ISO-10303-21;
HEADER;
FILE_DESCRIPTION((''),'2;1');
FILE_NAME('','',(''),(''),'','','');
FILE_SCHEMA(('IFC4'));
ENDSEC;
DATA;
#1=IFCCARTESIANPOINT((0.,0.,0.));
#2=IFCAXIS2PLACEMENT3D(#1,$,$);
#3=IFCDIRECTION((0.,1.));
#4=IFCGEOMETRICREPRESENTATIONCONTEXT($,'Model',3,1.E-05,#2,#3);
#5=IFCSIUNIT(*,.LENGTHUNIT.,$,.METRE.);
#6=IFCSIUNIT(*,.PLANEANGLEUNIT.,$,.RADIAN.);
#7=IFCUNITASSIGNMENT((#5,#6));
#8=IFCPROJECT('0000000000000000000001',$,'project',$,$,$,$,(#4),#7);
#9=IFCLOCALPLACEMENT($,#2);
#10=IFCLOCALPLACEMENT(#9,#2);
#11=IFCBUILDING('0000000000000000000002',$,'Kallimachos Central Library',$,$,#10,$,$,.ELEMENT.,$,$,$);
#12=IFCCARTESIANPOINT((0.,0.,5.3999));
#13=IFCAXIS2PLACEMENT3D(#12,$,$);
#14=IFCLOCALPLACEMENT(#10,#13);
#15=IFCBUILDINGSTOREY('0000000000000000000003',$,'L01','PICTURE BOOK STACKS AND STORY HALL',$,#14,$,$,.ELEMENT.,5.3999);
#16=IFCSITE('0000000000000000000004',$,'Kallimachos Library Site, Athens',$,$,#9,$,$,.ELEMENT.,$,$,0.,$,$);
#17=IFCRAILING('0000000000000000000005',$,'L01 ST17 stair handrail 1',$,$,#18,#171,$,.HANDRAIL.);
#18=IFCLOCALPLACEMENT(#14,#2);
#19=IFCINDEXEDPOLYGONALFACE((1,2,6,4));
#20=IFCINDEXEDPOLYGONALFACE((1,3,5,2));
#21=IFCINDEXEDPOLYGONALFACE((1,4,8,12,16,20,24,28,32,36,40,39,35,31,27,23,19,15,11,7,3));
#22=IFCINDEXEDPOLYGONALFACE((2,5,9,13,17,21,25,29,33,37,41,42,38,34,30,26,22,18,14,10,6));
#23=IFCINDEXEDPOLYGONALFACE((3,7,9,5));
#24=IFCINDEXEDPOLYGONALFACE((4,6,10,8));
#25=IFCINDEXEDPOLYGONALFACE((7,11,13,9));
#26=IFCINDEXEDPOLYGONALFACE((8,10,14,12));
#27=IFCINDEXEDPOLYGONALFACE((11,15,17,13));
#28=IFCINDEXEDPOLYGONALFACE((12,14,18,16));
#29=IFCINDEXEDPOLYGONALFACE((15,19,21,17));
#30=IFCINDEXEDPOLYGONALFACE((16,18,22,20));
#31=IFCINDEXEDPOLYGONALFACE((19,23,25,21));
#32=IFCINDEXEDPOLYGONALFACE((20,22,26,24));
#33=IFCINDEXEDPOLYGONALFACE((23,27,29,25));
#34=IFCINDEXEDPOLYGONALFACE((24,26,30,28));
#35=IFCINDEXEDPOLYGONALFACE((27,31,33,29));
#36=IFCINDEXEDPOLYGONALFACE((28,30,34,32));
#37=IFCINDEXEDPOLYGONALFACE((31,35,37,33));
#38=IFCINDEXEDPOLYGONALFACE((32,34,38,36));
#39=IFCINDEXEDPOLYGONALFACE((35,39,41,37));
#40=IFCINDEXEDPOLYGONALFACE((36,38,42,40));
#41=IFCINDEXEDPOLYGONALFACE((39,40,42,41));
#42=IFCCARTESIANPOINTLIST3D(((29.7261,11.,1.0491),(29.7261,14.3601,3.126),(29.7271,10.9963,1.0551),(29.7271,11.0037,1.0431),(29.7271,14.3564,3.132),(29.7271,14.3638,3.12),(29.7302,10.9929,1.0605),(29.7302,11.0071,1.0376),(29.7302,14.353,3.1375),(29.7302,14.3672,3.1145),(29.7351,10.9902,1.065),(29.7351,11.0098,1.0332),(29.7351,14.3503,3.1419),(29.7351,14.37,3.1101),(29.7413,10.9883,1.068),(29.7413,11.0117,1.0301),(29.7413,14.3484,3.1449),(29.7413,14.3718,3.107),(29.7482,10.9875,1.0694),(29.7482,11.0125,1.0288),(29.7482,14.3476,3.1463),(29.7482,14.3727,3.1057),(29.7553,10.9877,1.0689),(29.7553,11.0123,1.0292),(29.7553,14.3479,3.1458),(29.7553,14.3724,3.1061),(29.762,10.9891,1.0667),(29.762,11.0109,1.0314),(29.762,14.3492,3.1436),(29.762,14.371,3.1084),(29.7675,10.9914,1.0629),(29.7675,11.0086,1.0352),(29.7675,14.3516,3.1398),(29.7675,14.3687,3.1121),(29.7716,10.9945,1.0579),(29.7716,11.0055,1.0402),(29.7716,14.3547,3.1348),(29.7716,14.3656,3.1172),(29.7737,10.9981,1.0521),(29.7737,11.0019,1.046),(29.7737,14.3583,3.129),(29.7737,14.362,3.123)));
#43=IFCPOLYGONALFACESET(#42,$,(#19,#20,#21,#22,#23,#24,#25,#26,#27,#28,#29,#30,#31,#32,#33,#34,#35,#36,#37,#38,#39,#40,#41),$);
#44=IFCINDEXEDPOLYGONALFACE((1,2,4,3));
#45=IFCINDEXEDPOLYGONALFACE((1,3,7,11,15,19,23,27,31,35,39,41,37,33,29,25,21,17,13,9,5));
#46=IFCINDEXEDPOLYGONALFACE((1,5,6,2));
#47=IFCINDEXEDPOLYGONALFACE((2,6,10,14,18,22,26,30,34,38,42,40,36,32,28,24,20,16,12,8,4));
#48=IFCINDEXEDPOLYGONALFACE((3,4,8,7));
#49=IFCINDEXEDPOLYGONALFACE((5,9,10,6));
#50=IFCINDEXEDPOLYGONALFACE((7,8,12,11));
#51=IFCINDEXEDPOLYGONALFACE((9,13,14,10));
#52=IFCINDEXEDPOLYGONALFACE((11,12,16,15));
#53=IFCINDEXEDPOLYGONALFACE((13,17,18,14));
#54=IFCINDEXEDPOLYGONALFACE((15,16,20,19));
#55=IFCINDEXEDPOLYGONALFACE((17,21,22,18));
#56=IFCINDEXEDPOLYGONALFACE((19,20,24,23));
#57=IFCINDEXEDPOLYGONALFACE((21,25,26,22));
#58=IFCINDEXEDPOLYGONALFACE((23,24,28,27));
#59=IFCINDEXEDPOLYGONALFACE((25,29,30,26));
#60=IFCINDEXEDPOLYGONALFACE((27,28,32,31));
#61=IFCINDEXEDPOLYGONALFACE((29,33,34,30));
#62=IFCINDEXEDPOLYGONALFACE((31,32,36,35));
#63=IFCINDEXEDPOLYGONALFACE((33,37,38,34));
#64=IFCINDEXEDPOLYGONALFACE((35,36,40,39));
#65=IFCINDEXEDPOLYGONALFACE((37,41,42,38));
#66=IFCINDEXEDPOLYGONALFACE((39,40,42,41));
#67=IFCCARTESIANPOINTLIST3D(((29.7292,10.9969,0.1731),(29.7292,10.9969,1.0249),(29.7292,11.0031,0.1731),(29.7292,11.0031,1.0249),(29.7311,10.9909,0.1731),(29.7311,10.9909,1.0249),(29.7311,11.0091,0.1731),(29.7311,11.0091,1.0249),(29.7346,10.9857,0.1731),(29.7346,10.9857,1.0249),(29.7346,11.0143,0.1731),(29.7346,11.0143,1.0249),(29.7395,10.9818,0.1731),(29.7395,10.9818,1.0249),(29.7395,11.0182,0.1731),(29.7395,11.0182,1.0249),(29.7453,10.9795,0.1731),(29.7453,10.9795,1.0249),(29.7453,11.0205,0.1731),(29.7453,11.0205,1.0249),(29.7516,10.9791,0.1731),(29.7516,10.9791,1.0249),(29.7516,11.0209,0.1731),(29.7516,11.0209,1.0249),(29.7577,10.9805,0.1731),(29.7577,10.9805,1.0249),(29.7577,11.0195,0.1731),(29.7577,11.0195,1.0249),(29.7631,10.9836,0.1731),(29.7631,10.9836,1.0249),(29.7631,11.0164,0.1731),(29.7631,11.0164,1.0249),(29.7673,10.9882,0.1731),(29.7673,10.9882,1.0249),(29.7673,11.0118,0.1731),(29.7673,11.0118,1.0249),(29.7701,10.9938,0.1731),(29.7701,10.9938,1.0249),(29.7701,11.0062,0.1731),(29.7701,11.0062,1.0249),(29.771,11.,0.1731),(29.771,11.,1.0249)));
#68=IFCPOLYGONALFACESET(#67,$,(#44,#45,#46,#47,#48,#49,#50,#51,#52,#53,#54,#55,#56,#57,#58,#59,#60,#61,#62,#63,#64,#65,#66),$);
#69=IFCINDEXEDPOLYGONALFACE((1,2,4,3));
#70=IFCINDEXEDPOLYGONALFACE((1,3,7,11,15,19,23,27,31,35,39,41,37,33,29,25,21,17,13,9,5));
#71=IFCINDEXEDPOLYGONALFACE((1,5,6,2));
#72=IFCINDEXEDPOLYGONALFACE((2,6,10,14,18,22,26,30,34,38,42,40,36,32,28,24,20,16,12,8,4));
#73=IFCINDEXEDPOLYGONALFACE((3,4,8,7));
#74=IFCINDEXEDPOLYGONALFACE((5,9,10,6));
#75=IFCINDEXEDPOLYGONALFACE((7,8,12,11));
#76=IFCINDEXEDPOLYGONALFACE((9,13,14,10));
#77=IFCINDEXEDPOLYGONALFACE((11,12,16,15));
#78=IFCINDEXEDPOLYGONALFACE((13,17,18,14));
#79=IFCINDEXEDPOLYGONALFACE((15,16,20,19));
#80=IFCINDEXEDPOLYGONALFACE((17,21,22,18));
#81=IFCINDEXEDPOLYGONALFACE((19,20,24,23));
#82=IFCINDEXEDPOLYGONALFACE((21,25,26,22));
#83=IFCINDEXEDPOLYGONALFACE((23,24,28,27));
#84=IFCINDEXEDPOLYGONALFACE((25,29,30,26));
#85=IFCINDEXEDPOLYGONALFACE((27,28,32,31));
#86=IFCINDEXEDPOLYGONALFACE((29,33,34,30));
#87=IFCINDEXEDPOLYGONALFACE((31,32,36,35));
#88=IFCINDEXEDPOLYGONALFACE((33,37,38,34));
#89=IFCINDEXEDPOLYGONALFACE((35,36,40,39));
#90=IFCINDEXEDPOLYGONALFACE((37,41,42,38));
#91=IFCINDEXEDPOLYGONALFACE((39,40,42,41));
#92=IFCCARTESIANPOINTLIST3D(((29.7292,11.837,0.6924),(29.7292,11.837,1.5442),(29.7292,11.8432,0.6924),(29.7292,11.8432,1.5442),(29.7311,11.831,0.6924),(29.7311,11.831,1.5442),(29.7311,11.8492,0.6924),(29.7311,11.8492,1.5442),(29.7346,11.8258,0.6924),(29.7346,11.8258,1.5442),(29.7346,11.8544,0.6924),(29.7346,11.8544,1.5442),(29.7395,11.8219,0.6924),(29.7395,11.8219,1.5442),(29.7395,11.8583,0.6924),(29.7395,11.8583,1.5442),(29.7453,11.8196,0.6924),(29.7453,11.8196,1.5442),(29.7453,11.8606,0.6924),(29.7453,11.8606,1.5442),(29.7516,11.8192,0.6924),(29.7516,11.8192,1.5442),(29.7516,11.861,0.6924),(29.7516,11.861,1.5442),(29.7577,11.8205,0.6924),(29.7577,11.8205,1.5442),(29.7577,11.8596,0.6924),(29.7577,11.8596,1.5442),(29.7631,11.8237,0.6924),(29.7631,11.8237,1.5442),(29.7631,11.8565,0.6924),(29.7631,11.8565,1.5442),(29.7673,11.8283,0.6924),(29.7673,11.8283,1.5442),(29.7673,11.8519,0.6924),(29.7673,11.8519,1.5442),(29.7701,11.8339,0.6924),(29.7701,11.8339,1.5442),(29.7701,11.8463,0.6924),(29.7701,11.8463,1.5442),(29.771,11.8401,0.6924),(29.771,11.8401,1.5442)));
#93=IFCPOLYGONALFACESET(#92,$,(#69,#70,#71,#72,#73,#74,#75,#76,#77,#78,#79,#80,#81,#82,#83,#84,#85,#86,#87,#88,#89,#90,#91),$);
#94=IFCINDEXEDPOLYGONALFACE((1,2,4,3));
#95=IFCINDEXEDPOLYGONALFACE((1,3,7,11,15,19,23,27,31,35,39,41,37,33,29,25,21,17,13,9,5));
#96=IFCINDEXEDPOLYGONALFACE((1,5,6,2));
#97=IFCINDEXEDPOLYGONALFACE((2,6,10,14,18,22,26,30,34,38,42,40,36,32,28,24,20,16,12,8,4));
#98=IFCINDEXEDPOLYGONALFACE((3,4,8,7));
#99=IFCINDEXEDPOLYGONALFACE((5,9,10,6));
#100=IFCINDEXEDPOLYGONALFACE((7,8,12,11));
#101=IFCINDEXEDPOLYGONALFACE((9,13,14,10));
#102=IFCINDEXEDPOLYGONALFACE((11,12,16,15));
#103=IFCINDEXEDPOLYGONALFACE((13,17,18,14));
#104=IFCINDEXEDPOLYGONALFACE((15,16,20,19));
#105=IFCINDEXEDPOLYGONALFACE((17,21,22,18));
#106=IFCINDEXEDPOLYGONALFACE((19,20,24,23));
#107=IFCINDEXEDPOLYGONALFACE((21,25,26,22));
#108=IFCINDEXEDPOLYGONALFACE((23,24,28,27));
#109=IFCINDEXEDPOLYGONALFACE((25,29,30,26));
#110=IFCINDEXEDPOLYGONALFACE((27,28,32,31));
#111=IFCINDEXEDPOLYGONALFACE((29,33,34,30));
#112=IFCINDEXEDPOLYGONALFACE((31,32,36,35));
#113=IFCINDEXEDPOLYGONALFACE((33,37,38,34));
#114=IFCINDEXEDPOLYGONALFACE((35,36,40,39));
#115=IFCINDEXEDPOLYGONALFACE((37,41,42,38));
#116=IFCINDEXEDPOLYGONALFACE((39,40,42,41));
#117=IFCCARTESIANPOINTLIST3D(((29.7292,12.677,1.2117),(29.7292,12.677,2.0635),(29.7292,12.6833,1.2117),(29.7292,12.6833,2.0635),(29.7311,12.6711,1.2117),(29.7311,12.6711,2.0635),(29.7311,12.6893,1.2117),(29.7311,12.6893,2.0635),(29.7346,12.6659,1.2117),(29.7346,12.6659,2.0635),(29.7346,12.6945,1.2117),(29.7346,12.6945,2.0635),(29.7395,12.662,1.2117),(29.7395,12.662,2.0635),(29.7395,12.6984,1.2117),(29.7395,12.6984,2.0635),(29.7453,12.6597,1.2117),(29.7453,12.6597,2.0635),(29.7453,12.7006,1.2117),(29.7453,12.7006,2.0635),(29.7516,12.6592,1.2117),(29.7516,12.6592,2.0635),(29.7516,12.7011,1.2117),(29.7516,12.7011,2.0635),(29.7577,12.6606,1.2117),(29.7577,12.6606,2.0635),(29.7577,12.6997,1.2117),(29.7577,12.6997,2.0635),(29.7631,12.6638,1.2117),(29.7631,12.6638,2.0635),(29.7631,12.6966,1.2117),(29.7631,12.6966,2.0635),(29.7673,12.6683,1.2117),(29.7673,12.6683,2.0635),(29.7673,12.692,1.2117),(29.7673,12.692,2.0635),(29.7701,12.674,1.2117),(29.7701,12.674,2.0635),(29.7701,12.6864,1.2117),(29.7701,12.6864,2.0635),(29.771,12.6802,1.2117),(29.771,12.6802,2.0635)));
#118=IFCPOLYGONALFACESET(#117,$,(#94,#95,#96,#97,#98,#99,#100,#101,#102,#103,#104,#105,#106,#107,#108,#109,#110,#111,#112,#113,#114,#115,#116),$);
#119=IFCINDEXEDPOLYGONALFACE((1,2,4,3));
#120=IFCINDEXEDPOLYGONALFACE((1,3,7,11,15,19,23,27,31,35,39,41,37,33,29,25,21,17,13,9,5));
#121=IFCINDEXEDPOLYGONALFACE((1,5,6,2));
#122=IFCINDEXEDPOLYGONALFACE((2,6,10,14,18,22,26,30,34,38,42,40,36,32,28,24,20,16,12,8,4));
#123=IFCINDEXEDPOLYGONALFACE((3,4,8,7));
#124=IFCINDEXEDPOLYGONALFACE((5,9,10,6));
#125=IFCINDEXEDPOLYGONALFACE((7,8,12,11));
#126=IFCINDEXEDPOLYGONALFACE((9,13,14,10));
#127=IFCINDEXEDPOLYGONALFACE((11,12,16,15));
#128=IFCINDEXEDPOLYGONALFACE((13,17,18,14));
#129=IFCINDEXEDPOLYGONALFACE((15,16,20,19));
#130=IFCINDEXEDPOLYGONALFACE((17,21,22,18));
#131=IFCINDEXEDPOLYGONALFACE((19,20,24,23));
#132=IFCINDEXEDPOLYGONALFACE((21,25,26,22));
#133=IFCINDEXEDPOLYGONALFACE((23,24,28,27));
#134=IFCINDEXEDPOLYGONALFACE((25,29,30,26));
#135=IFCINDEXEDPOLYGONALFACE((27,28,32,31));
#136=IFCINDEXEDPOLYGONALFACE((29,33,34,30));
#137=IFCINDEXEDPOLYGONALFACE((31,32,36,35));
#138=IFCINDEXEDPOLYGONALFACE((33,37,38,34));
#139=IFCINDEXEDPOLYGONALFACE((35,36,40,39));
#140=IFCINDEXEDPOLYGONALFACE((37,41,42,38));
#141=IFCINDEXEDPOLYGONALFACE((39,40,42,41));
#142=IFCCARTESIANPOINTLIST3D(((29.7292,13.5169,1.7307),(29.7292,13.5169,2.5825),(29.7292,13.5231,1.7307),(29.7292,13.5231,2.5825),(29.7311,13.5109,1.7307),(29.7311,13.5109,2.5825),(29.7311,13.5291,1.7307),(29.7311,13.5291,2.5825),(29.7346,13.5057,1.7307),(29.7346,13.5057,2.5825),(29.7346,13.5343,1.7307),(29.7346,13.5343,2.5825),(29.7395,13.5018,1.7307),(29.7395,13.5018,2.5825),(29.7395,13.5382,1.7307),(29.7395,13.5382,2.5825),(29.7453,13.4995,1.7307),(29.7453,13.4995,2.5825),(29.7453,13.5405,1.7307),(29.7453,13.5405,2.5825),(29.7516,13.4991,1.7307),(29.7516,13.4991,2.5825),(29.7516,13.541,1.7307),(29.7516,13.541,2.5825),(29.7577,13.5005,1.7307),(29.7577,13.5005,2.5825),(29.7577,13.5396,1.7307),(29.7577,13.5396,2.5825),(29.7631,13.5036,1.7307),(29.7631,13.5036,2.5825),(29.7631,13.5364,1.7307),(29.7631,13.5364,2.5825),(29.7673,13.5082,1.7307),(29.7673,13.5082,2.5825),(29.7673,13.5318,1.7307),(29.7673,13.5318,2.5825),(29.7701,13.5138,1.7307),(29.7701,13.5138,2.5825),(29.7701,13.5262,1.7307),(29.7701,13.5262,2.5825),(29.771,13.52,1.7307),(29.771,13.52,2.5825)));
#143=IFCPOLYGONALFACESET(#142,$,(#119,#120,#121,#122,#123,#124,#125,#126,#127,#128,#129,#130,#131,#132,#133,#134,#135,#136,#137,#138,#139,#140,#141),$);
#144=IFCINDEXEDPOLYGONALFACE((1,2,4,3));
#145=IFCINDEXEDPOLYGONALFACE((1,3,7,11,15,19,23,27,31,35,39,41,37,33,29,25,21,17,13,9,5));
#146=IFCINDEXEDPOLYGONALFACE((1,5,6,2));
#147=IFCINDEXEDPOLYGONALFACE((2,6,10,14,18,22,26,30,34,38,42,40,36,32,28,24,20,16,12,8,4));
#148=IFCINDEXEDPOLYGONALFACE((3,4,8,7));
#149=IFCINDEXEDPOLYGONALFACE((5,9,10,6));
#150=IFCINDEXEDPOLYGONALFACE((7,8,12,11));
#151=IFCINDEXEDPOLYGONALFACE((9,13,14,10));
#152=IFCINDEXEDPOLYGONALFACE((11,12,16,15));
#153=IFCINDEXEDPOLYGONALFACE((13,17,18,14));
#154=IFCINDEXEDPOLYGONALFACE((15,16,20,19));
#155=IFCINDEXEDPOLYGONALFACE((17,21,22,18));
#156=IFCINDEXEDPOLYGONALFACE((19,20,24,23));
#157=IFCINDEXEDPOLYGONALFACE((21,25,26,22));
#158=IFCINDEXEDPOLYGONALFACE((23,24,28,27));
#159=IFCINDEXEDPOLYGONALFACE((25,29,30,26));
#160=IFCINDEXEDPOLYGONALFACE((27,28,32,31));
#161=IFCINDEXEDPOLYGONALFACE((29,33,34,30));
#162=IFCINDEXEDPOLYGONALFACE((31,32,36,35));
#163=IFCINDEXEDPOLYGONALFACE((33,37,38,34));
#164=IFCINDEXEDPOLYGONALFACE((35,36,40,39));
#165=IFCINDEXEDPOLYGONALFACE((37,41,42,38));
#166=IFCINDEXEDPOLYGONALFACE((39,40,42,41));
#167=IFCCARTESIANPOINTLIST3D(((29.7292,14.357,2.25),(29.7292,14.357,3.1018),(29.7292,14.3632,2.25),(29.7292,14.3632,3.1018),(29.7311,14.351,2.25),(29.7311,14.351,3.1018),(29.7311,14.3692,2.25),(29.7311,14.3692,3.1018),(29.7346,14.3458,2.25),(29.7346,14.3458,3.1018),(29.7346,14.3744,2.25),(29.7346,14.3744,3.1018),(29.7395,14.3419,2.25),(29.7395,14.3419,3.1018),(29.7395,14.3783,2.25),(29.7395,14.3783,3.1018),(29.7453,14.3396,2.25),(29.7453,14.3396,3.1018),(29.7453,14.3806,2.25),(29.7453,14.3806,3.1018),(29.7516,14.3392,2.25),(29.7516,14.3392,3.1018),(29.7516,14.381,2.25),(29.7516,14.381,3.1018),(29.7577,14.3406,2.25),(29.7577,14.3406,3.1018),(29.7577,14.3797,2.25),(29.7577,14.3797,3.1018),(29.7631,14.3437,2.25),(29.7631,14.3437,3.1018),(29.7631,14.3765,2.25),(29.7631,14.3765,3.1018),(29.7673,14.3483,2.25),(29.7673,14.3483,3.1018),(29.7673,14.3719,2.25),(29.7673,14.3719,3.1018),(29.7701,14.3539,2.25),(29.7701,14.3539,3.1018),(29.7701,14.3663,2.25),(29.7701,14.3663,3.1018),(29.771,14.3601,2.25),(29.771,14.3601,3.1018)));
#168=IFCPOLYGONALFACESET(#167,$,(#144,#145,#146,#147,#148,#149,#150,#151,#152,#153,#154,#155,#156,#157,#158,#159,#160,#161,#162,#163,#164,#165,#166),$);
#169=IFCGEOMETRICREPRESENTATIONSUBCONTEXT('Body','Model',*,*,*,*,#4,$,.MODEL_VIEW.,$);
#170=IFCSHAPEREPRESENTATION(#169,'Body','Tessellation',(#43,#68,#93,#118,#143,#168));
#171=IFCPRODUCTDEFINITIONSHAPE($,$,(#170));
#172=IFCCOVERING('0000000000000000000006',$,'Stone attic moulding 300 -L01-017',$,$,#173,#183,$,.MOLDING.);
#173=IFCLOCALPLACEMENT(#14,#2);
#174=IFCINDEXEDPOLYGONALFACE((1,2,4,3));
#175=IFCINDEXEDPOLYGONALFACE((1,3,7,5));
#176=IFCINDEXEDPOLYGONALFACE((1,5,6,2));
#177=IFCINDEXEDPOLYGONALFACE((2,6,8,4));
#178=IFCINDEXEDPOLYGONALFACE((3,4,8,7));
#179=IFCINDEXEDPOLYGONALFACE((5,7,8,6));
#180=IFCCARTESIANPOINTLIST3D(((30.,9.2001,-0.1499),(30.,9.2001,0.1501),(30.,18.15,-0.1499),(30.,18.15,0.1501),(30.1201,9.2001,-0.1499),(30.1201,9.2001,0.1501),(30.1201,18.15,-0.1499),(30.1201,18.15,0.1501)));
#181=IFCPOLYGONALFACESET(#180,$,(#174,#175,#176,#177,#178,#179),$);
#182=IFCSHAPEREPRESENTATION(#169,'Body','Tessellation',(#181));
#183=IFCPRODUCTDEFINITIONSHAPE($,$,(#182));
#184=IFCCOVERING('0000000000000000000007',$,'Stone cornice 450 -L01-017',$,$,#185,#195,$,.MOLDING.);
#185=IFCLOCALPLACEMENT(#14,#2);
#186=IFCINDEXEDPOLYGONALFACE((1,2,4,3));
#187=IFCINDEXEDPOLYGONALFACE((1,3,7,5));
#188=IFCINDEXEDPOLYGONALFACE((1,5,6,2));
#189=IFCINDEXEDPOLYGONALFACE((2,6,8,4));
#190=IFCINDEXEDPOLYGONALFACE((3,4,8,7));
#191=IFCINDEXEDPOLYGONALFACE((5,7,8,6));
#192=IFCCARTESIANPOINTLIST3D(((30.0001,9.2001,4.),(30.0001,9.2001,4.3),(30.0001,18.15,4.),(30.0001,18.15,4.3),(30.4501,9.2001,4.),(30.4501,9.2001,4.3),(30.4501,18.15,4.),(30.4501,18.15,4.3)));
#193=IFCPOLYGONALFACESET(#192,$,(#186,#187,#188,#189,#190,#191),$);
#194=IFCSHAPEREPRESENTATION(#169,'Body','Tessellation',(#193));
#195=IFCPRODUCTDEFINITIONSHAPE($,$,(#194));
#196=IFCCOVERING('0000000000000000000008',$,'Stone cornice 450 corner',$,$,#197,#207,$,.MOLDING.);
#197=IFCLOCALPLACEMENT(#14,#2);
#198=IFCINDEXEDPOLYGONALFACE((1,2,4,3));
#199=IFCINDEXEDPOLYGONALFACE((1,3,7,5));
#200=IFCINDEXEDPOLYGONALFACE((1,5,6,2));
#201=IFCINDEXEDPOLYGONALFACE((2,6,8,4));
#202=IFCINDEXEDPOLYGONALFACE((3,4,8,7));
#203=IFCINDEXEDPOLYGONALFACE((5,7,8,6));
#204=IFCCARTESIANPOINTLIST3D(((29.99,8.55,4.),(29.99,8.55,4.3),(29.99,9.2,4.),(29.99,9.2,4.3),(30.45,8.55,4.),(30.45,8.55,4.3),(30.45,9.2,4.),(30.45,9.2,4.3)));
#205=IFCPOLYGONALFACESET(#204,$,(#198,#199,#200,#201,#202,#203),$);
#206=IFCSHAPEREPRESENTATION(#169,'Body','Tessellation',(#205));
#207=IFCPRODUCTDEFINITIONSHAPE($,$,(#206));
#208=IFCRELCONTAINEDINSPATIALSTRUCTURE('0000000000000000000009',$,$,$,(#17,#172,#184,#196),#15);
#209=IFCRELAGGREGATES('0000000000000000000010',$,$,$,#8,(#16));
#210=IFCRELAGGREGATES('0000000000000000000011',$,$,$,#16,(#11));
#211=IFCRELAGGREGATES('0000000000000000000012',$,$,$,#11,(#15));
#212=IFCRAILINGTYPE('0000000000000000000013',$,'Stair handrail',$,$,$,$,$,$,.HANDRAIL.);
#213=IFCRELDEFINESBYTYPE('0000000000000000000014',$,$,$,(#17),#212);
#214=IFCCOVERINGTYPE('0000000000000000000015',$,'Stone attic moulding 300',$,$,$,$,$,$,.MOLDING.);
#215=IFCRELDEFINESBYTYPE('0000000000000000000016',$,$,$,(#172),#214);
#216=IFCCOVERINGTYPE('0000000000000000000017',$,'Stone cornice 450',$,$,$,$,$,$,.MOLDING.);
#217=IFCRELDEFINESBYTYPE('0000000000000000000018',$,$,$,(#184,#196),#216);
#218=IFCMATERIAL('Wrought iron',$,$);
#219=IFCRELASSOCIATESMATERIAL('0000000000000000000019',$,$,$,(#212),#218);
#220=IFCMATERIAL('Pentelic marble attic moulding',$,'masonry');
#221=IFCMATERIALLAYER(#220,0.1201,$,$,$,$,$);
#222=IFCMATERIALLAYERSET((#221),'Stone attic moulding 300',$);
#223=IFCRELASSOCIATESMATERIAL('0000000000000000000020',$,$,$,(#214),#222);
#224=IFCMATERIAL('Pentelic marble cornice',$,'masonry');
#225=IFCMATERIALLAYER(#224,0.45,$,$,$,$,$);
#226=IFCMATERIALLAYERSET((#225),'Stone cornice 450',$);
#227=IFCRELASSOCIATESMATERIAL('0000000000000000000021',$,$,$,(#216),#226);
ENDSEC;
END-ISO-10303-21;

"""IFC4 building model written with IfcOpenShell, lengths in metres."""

from ifc_helpers import new_model, si_unit, direction, frame, origin, origin_2d, place, context, subcontext, project, spatial, rectangle, circle, extrude, material, layer, layer_set, type_object, element, save


model = new_model("IFC4")

# Units and contexts
model_context = context("Model", 3, precision=1e-05, world=origin(), true_north=direction((0.0, 1.0)))
body_context = subcontext(model_context, "Body", "Model", "MODEL_VIEW")
ifc_project = project(units=[si_unit("LENGTHUNIT", "METRE"), si_unit("PLANEANGLEUNIT", "RADIAN")], contexts=[model_context])

# Site, building, storey
site_placement = place(None, origin())
site = spatial("IfcSite", under=ifc_project, at=site_placement, Name="Kallimachos Library Site, Athens", CompositionType="ELEMENT", RefElevation=0.0)
building_placement = place(site_placement, origin())
building = spatial("IfcBuilding", under=site, at=building_placement, Name="Kallimachos Central Library", CompositionType="ELEMENT")
storey_placement = place(building_placement, frame((0.0, 0.0, 5.3999)))
storey = spatial("IfcBuildingStorey", under=building, at=storey_placement, Name="L01", Description="PICTURE BOOK STACKS AND STORY HALL", CompositionType="ELEMENT", Elevation=5.3999)

# Railing
ifc_material_1 = material(Name="Wrought iron")
railing_type = type_object("IfcRailingType", Name="Stair handrail", PredefinedType="HANDRAIL", material=ifc_material_1)
railing_placement = place(storey_placement, frame((29.75, 11.0, 0.1731)))
element("IfcRailing", 1, at=railing_placement, inside=storey, type_object=railing_type, Name="L01 ST17 stair handrail 1", PredefinedType="HANDRAIL", context=body_context, shape_type="SweptSolid", body=[
    extrude(circle(Radius=0.0239, at=origin_2d()), frame((0.0, 0.0, 0.876), z_axis=(0.0, 0.850623, 0.525776), x_axis=(-1.0, 0.0, 0.0)), (0.0, 0.0, 1.0), 3.9502),
    extrude(circle(Radius=0.021, at=origin_2d()), origin(), (0.0, 0.0, 1.0), 0.8518),
    extrude(circle(Radius=0.021, at=origin_2d()), frame((0.0, 0.8401, 0.5193)), (0.0, 0.0, 1.0), 0.8518),
    extrude(circle(Radius=0.021, at=origin_2d()), frame((0.0, 1.6802, 1.0386)), (0.0, 0.0, 1.0), 0.8518),
    extrude(circle(Radius=0.021, at=origin_2d()), frame((0.0, 2.52, 1.5576)), (0.0, 0.0, 1.0), 0.8518),
    extrude(circle(Radius=0.021, at=origin_2d()), frame((0.0, 3.3601, 2.0769)), (0.0, 0.0, 1.0), 0.8518),
])

# Coverings
ifc_material_2 = material(Name="Pentelic marble attic moulding", Category="masonry")
ifc_layer_1 = layer(ifc_material_2, 0.1201)
ifc_layer_set_1 = layer_set([ifc_layer_1], Name="Stone attic moulding 300")
covering_type_1 = type_object("IfcCoveringType", Name="Stone attic moulding 300", PredefinedType="MOLDING", material=ifc_layer_set_1)
covering_1_placement = place(storey_placement, frame((30.0601, 13.675, -0.1499), z_axis=(0.0, 0.0, 1.0), x_axis=(1.0, 0.0, 0.0)))
element("IfcCovering", 2, at=covering_1_placement, inside=storey, type_object=covering_type_1, Name="Stone attic moulding 300 -L01-017", PredefinedType="MOLDING", context=body_context, shape_type="SweptSolid", body=[
    extrude(rectangle(XDim=0.1201, YDim=8.95, at=origin_2d()), origin(), (0.0, 0.0, 1.0), 0.3),
])
ifc_material_3 = material(Name="Pentelic marble cornice", Category="masonry")
ifc_layer_2 = layer(ifc_material_3, 0.45)
ifc_layer_set_2 = layer_set([ifc_layer_2], Name="Stone cornice 450")
covering_type_2 = type_object("IfcCoveringType", Name="Stone cornice 450", PredefinedType="MOLDING", material=ifc_layer_set_2)
covering_2_placement = place(storey_placement, frame((30.2251, 13.675, 4.0), z_axis=(0.0, 0.0, 1.0), x_axis=(1.0, 0.0, 0.0)))
element("IfcCovering", 3, at=covering_2_placement, inside=storey, type_object=covering_type_2, Name="Stone cornice 450 -L01-017", PredefinedType="MOLDING", context=body_context, shape_type="SweptSolid", body=[
    extrude(rectangle(XDim=0.45, YDim=8.95, at=origin_2d()), origin(), (0.0, 0.0, 1.0), 0.3),
])
covering_3_placement = place(storey_placement, frame((30.22, 8.875, 4.0), z_axis=(0.0, 0.0, 1.0), x_axis=(1.0, 0.0, 0.0)))
element("IfcCovering", 4, at=covering_3_placement, inside=storey, type_object=covering_type_2, Name="Stone cornice 450 corner", PredefinedType="MOLDING", context=body_context, shape_type="SweptSolid", body=[
    extrude(rectangle(XDim=0.46, YDim=0.6499, at=origin_2d()), origin(), (0.0, 0.0, 1.0), 0.3),
])

save(model, "model.ifc")
